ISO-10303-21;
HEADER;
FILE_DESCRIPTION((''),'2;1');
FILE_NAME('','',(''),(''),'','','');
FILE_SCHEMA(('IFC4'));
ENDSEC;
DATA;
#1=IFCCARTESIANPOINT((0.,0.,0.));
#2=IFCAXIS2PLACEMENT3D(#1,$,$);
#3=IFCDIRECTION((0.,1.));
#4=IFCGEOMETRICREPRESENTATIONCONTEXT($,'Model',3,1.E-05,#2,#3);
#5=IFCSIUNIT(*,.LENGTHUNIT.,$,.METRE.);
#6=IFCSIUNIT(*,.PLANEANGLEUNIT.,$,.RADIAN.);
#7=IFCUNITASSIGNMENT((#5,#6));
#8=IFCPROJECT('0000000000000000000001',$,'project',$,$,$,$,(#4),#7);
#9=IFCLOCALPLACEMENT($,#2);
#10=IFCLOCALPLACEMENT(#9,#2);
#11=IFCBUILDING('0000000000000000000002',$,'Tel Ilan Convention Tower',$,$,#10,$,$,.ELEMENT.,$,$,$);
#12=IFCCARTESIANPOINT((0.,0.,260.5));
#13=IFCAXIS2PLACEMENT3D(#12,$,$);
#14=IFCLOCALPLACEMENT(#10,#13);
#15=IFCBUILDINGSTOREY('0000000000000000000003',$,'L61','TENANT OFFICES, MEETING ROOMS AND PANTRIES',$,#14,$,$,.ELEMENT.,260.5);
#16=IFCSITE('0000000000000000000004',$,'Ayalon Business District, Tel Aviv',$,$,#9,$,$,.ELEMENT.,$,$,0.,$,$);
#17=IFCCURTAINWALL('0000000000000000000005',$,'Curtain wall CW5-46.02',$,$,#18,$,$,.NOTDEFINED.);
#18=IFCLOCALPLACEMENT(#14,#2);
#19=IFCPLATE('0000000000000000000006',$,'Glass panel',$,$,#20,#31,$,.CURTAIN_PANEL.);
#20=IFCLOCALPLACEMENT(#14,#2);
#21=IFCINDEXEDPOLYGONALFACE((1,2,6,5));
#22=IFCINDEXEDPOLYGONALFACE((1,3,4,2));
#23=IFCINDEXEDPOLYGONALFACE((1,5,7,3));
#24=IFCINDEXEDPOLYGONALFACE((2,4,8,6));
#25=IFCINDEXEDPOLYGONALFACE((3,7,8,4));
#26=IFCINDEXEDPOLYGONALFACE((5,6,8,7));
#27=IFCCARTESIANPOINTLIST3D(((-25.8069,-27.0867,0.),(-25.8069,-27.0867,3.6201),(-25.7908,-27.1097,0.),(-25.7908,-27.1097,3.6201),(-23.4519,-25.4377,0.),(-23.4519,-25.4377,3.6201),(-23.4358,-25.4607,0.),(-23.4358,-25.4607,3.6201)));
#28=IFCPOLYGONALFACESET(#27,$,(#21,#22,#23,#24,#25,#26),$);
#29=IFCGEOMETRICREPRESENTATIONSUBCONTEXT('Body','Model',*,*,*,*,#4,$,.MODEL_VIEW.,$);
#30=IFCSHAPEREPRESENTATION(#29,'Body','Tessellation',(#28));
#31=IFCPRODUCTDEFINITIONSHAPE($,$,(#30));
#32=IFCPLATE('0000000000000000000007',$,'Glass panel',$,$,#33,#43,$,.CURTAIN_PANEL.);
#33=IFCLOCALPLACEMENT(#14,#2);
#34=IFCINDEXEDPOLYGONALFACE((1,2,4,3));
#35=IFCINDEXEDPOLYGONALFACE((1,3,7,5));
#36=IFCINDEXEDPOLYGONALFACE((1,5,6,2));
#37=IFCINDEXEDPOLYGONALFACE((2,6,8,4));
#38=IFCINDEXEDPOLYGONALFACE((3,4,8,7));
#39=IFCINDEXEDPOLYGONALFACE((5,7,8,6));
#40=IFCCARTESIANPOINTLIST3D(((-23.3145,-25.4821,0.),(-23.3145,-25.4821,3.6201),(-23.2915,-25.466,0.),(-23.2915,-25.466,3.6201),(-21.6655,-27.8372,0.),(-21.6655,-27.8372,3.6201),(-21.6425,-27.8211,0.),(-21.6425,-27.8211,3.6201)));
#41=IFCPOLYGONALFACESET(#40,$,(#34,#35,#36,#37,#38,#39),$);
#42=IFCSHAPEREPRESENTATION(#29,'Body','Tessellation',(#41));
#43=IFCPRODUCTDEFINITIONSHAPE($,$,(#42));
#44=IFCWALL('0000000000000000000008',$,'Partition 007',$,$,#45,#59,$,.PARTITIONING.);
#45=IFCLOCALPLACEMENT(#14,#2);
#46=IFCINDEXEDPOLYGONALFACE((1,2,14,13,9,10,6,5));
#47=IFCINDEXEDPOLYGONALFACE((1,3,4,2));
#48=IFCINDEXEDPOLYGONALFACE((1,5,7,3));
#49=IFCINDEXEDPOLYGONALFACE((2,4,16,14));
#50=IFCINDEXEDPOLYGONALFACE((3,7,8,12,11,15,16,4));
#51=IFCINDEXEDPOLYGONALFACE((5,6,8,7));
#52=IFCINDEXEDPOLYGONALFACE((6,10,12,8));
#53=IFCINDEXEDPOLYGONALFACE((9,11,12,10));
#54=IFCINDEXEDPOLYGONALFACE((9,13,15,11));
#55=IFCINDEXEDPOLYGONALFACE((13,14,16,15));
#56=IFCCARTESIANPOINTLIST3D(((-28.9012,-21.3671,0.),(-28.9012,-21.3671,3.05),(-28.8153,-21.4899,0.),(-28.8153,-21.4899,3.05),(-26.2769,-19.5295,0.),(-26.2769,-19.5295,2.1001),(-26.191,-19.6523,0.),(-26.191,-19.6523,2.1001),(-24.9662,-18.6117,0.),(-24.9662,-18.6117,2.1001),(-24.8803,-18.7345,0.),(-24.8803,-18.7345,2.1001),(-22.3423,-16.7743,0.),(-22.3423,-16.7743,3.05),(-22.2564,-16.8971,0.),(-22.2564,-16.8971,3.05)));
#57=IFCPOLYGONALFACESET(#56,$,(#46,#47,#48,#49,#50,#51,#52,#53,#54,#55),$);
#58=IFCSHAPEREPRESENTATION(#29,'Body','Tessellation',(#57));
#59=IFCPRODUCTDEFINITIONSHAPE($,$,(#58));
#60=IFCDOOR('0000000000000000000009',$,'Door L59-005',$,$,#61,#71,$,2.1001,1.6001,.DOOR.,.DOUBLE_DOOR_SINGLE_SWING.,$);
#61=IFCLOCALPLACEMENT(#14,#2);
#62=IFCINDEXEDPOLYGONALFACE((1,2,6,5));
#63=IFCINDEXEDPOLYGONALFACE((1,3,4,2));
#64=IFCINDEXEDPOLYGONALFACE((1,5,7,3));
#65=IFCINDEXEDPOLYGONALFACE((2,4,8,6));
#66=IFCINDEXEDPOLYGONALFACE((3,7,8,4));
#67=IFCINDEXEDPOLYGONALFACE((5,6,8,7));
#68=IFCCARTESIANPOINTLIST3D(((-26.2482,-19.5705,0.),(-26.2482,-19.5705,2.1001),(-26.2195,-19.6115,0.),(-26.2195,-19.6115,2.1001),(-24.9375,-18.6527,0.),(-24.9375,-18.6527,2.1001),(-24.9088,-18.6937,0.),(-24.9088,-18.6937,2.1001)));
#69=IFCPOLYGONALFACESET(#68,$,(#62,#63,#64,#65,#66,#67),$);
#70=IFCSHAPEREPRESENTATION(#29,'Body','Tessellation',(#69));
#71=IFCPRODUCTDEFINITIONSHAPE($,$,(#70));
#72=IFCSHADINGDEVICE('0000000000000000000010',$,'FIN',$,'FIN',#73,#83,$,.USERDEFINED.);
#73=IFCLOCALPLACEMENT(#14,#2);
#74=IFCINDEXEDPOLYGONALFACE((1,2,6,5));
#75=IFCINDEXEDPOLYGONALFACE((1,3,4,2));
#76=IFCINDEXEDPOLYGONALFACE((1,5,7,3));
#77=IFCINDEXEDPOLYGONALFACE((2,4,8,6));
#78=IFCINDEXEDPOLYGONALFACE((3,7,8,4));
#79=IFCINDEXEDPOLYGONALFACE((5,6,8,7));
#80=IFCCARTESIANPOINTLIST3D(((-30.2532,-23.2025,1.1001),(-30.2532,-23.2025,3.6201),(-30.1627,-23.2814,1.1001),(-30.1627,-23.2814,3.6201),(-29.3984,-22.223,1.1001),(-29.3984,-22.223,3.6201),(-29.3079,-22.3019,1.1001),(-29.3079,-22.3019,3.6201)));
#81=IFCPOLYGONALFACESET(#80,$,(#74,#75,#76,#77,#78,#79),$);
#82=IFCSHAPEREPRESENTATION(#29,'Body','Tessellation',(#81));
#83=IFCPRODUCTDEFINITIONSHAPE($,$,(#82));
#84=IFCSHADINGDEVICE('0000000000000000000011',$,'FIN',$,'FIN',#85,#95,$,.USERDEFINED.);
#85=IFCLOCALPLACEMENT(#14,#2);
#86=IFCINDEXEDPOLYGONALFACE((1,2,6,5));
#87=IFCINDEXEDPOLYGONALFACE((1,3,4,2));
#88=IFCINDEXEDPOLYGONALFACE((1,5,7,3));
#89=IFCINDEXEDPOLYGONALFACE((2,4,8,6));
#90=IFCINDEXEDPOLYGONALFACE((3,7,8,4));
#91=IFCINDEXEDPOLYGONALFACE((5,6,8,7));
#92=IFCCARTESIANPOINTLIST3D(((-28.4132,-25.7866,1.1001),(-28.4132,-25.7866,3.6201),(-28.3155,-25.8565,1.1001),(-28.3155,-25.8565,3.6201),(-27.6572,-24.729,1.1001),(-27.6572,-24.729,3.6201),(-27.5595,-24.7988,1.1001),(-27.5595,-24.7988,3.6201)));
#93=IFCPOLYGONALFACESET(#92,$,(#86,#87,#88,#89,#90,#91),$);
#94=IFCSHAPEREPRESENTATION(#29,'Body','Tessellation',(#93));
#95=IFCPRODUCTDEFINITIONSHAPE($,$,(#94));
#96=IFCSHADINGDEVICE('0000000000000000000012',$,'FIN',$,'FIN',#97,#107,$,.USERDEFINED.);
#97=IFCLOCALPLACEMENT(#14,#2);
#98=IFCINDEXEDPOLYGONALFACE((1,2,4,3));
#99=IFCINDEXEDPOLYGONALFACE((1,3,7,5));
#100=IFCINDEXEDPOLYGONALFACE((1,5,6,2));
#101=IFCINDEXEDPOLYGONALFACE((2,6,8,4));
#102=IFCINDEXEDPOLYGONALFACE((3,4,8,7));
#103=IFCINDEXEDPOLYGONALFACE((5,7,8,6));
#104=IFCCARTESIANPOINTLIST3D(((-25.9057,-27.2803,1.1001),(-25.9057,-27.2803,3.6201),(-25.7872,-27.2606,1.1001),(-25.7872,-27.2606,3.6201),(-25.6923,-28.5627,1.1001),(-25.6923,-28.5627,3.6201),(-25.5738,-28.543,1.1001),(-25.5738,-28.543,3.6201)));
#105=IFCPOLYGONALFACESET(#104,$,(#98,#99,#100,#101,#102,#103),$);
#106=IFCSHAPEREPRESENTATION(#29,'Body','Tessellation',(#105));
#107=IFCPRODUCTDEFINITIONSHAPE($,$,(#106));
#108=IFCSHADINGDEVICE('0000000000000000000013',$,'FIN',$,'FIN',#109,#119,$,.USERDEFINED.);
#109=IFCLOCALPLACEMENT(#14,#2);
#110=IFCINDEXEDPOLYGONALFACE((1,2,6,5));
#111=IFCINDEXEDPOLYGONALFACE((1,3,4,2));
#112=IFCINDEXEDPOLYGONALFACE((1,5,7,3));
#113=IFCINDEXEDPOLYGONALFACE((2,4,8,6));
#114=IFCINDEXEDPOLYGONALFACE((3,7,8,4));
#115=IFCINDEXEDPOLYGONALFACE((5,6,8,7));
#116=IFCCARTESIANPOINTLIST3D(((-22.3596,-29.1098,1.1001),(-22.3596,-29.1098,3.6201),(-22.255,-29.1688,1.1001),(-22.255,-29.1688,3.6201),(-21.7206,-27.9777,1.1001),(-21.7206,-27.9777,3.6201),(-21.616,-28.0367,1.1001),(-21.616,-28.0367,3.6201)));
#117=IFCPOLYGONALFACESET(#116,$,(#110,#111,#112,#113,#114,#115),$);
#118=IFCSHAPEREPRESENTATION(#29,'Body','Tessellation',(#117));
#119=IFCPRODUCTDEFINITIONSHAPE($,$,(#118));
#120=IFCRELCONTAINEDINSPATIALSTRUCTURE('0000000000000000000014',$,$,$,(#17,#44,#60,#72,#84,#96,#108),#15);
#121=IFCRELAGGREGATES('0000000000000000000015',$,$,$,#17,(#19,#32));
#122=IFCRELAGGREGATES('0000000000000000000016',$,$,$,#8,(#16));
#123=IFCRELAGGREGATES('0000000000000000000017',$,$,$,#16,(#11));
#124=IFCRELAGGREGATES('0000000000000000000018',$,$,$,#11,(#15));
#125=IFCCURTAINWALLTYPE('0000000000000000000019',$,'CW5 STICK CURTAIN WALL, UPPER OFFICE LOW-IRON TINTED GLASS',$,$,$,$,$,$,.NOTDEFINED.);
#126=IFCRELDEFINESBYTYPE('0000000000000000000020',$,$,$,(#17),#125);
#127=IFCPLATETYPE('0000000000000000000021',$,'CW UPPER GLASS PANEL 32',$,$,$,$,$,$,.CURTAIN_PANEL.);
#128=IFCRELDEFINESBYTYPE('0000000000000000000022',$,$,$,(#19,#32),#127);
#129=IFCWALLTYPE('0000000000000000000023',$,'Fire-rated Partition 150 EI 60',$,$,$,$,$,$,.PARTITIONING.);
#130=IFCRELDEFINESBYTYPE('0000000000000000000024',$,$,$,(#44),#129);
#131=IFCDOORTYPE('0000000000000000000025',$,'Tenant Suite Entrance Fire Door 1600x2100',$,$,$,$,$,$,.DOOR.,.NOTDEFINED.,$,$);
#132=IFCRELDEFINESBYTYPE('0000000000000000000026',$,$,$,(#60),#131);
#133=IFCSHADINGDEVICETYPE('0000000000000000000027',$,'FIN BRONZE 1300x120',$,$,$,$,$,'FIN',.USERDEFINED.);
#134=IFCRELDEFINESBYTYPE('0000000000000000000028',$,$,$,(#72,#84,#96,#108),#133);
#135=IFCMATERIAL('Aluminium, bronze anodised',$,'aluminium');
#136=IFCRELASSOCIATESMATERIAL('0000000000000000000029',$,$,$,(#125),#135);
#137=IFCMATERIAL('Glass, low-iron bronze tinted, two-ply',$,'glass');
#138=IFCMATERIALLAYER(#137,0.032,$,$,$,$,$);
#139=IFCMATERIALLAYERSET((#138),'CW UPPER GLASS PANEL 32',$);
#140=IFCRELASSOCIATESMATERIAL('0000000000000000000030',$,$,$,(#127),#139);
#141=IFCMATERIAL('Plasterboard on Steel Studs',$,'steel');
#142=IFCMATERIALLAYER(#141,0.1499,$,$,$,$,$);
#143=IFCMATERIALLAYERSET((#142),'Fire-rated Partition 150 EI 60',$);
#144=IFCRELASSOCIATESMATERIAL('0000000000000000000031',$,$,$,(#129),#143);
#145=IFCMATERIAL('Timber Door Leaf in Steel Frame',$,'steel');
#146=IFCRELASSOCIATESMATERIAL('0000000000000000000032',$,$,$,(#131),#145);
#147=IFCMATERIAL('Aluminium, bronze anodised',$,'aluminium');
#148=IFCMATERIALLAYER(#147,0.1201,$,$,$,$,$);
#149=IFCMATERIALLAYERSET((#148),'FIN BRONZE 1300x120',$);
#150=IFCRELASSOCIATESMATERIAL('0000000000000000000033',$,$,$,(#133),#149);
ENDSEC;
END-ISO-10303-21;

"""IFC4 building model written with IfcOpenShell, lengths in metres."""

from ifc_helpers import new_model, si_unit, direction, frame, frame_2d, origin, origin_2d, place, context, subcontext, project, spatial, rectangle, extrude, material, layer, layer_set, type_object, element, fill, aggregate, save


model = new_model("IFC4")

# Units and contexts
model_context = context("Model", 3, precision=1e-05, world=origin(), true_north=direction((0.0, 1.0)))
body_context = subcontext(model_context, "Body", "Model", "MODEL_VIEW")
ifc_project = project(units=[si_unit("LENGTHUNIT", "METRE"), si_unit("PLANEANGLEUNIT", "RADIAN")], contexts=[model_context])

# Site, building, storey
site_placement = place(None, origin())
site = spatial("IfcSite", under=ifc_project, at=site_placement, Name="Ayalon Business District, Tel Aviv", CompositionType="ELEMENT", RefElevation=0.0)
building_placement = place(site_placement, origin())
building = spatial("IfcBuilding", under=site, at=building_placement, Name="Tel Ilan Convention Tower", CompositionType="ELEMENT")
storey_placement = place(building_placement, frame((0.0, 0.0, 260.5)))
storey = spatial("IfcBuildingStorey", under=building, at=storey_placement, Name="L61", Description="TENANT OFFICES, MEETING ROOMS AND PANTRIES", CompositionType="ELEMENT", Elevation=260.5)

# Curtain wall, plates
ifc_material_1 = material(Name="Aluminium, bronze anodised", Category="aluminium")
curtain_wall_type = type_object("IfcCurtainWallType", Name="CW5 STICK CURTAIN WALL, UPPER OFFICE LOW-IRON TINTED GLASS", PredefinedType="NOTDEFINED", material=ifc_material_1)
curtain_wall_placement = place(storey_placement, origin())
curtain_wall = element("IfcCurtainWall", 1, at=curtain_wall_placement, inside=storey, type_object=curtain_wall_type, Name="Curtain wall CW5-46.02", PredefinedType="NOTDEFINED")
ifc_material_2 = material(Name="Glass, low-iron bronze tinted, two-ply", Category="glass")
ifc_layer_1 = layer(ifc_material_2, 0.032)
ifc_layer_set_1 = layer_set([ifc_layer_1], Name="CW UPPER GLASS PANEL 32")
plate_type = type_object("IfcPlateType", Name="CW UPPER GLASS PANEL 32", PredefinedType="CURTAIN_PANEL", material=ifc_layer_set_1)
plate_1_placement = place(storey_placement, frame((-24.6213, -26.2737, 0.0), z_axis=(0.0, 0.0, 1.0), x_axis=(0.819152, 0.573576, 0.0)))
plate_1 = element("IfcPlate", 2, at=plate_1_placement, type_object=plate_type, Name="Glass panel", PredefinedType="CURTAIN_PANEL", context=body_context, shape_type="SweptSolid", body=[
    extrude(rectangle(XDim=2.875, YDim=0.0281, at=origin_2d()), origin(), (0.0, 0.0, 1.0), 3.6201),
])
plate_2_placement = place(storey_placement, frame((-22.4785, -26.6516, 0.0), z_axis=(0.0, 0.0, 1.0), x_axis=(0.573576, -0.819152, 0.0)))
plate_2 = element("IfcPlate", 3, at=plate_2_placement, type_object=plate_type, Name="Glass panel", PredefinedType="CURTAIN_PANEL", context=body_context, shape_type="SweptSolid", body=[
    extrude(rectangle(XDim=2.875, YDim=0.0281, at=origin_2d()), origin(), (0.0, 0.0, 1.0), 3.6201),
])
aggregate(curtain_wall, [plate_1, plate_2])

# Wall, opening, door
ifc_material_3 = material(Name="Plasterboard on Steel Studs", Category="steel")
ifc_layer_2 = layer(ifc_material_3, 0.1499)
ifc_layer_set_2 = layer_set([ifc_layer_2], Name="Fire-rated Partition 150 EI 60")
wall_type = type_object("IfcWallType", Name="Fire-rated Partition 150 EI 60", PredefinedType="PARTITIONING", material=ifc_layer_set_2)
wall_placement = place(storey_placement, frame((-28.8582, -21.4285, 0.0), z_axis=(0.0, 0.0, 1.0), x_axis=(0.819139, 0.573595, 0.0)))
wall = element("IfcWall", 4, at=wall_placement, inside=storey, type_object=wall_type, Name="Partition 007", PredefinedType="PARTITIONING", context=body_context, shape_type="SweptSolid", body=[
    extrude(rectangle(XDim=8.0071, YDim=0.1499, at=frame_2d((4.0034, 0.0))), origin(), (0.0, 0.0, 1.0), 3.05),
])
opening_placement = place(wall_placement, frame((3.2036, 0.0, 0.0)))
opening = element("IfcOpeningElement", 5, at=opening_placement, cuts=wall, PredefinedType="OPENING", context=body_context, shape_type="SweptSolid", body=[
    extrude(rectangle(XDim=1.6001, YDim=2.1001, at=frame_2d((0.8, 1.05))), frame((0.0, 0.085, 0.0), z_axis=(0.0, -1.0, 0.0), x_axis=(1.0, 0.0, 0.0)), (0.0, 0.0, 1.0), 0.1699),
])
ifc_material_4 = material(Name="Timber Door Leaf in Steel Frame", Category="steel")
door_type = type_object("IfcDoorType", Name="Tenant Suite Entrance Fire Door 1600x2100", OperationType="NOTDEFINED", PredefinedType="DOOR", material=ifc_material_4)
door_placement = place(opening_placement, origin())
door = element("IfcDoor", 6, at=door_placement, inside=storey, type_object=door_type, Name="Door L59-005", OperationType="DOUBLE_DOOR_SINGLE_SWING", OverallHeight=2.1001, OverallWidth=1.6001, PredefinedType="DOOR", context=body_context, shape_type="SweptSolid", body=[
    extrude(rectangle(XDim=1.6001, YDim=2.1001, at=frame_2d((0.8, 1.05))), frame((0.0, 0.0249, 0.0), z_axis=(0.0, -1.0, 0.0), x_axis=(1.0, 0.0, 0.0)), (0.0, 0.0, 1.0), 0.05),
])
fill(opening, door)

# Shading devices
ifc_material_5 = material(Name="Aluminium, bronze anodised", Category="aluminium")
ifc_layer_3 = layer(ifc_material_5, 0.1201)
ifc_layer_set_3 = layer_set([ifc_layer_3], Name="FIN BRONZE 1300x120")
shading_device_type = type_object("IfcShadingDeviceType", Name="FIN BRONZE 1300x120", ElementType="FIN", PredefinedType="USERDEFINED", material=ifc_layer_set_3)
for number, where, z_axis, x_axis, name in (
    (7, (-29.7805, -22.7522, 1.1001), (0.0, 0.0, 1.0), (-0.657521, -0.753436, 0.0), "FIN"),
    (8, (-27.9863, -25.2927, 1.1001), (0.0, 0.0, 1.0), (-0.581492, -0.813552, 0.0), "FIN"),
    (9, (-25.7397, -27.9116, 1.1001), (0.0, 0.0, 1.0), (0.164091, -0.986445, 0.0), "FIN"),
    (10, (-21.9878, -28.5732, 1.1001), (0.0, 0.0, 1.0), (-0.491579, -0.870833, 0.0), "FIN"),
):
    element("IfcShadingDevice", number, at=place(storey_placement, frame(where, z_axis=z_axis, x_axis=x_axis)), inside=storey, type_object=shading_device_type, Name=name, ObjectType="FIN", PredefinedType="USERDEFINED", context=body_context, shape_type="SweptSolid", body=[
        extrude(rectangle(XDim=1.3, YDim=0.1201, at=origin_2d()), origin(), (0.0, 0.0, 1.0), 2.52),
    ])

save(model, "model.ifc")
